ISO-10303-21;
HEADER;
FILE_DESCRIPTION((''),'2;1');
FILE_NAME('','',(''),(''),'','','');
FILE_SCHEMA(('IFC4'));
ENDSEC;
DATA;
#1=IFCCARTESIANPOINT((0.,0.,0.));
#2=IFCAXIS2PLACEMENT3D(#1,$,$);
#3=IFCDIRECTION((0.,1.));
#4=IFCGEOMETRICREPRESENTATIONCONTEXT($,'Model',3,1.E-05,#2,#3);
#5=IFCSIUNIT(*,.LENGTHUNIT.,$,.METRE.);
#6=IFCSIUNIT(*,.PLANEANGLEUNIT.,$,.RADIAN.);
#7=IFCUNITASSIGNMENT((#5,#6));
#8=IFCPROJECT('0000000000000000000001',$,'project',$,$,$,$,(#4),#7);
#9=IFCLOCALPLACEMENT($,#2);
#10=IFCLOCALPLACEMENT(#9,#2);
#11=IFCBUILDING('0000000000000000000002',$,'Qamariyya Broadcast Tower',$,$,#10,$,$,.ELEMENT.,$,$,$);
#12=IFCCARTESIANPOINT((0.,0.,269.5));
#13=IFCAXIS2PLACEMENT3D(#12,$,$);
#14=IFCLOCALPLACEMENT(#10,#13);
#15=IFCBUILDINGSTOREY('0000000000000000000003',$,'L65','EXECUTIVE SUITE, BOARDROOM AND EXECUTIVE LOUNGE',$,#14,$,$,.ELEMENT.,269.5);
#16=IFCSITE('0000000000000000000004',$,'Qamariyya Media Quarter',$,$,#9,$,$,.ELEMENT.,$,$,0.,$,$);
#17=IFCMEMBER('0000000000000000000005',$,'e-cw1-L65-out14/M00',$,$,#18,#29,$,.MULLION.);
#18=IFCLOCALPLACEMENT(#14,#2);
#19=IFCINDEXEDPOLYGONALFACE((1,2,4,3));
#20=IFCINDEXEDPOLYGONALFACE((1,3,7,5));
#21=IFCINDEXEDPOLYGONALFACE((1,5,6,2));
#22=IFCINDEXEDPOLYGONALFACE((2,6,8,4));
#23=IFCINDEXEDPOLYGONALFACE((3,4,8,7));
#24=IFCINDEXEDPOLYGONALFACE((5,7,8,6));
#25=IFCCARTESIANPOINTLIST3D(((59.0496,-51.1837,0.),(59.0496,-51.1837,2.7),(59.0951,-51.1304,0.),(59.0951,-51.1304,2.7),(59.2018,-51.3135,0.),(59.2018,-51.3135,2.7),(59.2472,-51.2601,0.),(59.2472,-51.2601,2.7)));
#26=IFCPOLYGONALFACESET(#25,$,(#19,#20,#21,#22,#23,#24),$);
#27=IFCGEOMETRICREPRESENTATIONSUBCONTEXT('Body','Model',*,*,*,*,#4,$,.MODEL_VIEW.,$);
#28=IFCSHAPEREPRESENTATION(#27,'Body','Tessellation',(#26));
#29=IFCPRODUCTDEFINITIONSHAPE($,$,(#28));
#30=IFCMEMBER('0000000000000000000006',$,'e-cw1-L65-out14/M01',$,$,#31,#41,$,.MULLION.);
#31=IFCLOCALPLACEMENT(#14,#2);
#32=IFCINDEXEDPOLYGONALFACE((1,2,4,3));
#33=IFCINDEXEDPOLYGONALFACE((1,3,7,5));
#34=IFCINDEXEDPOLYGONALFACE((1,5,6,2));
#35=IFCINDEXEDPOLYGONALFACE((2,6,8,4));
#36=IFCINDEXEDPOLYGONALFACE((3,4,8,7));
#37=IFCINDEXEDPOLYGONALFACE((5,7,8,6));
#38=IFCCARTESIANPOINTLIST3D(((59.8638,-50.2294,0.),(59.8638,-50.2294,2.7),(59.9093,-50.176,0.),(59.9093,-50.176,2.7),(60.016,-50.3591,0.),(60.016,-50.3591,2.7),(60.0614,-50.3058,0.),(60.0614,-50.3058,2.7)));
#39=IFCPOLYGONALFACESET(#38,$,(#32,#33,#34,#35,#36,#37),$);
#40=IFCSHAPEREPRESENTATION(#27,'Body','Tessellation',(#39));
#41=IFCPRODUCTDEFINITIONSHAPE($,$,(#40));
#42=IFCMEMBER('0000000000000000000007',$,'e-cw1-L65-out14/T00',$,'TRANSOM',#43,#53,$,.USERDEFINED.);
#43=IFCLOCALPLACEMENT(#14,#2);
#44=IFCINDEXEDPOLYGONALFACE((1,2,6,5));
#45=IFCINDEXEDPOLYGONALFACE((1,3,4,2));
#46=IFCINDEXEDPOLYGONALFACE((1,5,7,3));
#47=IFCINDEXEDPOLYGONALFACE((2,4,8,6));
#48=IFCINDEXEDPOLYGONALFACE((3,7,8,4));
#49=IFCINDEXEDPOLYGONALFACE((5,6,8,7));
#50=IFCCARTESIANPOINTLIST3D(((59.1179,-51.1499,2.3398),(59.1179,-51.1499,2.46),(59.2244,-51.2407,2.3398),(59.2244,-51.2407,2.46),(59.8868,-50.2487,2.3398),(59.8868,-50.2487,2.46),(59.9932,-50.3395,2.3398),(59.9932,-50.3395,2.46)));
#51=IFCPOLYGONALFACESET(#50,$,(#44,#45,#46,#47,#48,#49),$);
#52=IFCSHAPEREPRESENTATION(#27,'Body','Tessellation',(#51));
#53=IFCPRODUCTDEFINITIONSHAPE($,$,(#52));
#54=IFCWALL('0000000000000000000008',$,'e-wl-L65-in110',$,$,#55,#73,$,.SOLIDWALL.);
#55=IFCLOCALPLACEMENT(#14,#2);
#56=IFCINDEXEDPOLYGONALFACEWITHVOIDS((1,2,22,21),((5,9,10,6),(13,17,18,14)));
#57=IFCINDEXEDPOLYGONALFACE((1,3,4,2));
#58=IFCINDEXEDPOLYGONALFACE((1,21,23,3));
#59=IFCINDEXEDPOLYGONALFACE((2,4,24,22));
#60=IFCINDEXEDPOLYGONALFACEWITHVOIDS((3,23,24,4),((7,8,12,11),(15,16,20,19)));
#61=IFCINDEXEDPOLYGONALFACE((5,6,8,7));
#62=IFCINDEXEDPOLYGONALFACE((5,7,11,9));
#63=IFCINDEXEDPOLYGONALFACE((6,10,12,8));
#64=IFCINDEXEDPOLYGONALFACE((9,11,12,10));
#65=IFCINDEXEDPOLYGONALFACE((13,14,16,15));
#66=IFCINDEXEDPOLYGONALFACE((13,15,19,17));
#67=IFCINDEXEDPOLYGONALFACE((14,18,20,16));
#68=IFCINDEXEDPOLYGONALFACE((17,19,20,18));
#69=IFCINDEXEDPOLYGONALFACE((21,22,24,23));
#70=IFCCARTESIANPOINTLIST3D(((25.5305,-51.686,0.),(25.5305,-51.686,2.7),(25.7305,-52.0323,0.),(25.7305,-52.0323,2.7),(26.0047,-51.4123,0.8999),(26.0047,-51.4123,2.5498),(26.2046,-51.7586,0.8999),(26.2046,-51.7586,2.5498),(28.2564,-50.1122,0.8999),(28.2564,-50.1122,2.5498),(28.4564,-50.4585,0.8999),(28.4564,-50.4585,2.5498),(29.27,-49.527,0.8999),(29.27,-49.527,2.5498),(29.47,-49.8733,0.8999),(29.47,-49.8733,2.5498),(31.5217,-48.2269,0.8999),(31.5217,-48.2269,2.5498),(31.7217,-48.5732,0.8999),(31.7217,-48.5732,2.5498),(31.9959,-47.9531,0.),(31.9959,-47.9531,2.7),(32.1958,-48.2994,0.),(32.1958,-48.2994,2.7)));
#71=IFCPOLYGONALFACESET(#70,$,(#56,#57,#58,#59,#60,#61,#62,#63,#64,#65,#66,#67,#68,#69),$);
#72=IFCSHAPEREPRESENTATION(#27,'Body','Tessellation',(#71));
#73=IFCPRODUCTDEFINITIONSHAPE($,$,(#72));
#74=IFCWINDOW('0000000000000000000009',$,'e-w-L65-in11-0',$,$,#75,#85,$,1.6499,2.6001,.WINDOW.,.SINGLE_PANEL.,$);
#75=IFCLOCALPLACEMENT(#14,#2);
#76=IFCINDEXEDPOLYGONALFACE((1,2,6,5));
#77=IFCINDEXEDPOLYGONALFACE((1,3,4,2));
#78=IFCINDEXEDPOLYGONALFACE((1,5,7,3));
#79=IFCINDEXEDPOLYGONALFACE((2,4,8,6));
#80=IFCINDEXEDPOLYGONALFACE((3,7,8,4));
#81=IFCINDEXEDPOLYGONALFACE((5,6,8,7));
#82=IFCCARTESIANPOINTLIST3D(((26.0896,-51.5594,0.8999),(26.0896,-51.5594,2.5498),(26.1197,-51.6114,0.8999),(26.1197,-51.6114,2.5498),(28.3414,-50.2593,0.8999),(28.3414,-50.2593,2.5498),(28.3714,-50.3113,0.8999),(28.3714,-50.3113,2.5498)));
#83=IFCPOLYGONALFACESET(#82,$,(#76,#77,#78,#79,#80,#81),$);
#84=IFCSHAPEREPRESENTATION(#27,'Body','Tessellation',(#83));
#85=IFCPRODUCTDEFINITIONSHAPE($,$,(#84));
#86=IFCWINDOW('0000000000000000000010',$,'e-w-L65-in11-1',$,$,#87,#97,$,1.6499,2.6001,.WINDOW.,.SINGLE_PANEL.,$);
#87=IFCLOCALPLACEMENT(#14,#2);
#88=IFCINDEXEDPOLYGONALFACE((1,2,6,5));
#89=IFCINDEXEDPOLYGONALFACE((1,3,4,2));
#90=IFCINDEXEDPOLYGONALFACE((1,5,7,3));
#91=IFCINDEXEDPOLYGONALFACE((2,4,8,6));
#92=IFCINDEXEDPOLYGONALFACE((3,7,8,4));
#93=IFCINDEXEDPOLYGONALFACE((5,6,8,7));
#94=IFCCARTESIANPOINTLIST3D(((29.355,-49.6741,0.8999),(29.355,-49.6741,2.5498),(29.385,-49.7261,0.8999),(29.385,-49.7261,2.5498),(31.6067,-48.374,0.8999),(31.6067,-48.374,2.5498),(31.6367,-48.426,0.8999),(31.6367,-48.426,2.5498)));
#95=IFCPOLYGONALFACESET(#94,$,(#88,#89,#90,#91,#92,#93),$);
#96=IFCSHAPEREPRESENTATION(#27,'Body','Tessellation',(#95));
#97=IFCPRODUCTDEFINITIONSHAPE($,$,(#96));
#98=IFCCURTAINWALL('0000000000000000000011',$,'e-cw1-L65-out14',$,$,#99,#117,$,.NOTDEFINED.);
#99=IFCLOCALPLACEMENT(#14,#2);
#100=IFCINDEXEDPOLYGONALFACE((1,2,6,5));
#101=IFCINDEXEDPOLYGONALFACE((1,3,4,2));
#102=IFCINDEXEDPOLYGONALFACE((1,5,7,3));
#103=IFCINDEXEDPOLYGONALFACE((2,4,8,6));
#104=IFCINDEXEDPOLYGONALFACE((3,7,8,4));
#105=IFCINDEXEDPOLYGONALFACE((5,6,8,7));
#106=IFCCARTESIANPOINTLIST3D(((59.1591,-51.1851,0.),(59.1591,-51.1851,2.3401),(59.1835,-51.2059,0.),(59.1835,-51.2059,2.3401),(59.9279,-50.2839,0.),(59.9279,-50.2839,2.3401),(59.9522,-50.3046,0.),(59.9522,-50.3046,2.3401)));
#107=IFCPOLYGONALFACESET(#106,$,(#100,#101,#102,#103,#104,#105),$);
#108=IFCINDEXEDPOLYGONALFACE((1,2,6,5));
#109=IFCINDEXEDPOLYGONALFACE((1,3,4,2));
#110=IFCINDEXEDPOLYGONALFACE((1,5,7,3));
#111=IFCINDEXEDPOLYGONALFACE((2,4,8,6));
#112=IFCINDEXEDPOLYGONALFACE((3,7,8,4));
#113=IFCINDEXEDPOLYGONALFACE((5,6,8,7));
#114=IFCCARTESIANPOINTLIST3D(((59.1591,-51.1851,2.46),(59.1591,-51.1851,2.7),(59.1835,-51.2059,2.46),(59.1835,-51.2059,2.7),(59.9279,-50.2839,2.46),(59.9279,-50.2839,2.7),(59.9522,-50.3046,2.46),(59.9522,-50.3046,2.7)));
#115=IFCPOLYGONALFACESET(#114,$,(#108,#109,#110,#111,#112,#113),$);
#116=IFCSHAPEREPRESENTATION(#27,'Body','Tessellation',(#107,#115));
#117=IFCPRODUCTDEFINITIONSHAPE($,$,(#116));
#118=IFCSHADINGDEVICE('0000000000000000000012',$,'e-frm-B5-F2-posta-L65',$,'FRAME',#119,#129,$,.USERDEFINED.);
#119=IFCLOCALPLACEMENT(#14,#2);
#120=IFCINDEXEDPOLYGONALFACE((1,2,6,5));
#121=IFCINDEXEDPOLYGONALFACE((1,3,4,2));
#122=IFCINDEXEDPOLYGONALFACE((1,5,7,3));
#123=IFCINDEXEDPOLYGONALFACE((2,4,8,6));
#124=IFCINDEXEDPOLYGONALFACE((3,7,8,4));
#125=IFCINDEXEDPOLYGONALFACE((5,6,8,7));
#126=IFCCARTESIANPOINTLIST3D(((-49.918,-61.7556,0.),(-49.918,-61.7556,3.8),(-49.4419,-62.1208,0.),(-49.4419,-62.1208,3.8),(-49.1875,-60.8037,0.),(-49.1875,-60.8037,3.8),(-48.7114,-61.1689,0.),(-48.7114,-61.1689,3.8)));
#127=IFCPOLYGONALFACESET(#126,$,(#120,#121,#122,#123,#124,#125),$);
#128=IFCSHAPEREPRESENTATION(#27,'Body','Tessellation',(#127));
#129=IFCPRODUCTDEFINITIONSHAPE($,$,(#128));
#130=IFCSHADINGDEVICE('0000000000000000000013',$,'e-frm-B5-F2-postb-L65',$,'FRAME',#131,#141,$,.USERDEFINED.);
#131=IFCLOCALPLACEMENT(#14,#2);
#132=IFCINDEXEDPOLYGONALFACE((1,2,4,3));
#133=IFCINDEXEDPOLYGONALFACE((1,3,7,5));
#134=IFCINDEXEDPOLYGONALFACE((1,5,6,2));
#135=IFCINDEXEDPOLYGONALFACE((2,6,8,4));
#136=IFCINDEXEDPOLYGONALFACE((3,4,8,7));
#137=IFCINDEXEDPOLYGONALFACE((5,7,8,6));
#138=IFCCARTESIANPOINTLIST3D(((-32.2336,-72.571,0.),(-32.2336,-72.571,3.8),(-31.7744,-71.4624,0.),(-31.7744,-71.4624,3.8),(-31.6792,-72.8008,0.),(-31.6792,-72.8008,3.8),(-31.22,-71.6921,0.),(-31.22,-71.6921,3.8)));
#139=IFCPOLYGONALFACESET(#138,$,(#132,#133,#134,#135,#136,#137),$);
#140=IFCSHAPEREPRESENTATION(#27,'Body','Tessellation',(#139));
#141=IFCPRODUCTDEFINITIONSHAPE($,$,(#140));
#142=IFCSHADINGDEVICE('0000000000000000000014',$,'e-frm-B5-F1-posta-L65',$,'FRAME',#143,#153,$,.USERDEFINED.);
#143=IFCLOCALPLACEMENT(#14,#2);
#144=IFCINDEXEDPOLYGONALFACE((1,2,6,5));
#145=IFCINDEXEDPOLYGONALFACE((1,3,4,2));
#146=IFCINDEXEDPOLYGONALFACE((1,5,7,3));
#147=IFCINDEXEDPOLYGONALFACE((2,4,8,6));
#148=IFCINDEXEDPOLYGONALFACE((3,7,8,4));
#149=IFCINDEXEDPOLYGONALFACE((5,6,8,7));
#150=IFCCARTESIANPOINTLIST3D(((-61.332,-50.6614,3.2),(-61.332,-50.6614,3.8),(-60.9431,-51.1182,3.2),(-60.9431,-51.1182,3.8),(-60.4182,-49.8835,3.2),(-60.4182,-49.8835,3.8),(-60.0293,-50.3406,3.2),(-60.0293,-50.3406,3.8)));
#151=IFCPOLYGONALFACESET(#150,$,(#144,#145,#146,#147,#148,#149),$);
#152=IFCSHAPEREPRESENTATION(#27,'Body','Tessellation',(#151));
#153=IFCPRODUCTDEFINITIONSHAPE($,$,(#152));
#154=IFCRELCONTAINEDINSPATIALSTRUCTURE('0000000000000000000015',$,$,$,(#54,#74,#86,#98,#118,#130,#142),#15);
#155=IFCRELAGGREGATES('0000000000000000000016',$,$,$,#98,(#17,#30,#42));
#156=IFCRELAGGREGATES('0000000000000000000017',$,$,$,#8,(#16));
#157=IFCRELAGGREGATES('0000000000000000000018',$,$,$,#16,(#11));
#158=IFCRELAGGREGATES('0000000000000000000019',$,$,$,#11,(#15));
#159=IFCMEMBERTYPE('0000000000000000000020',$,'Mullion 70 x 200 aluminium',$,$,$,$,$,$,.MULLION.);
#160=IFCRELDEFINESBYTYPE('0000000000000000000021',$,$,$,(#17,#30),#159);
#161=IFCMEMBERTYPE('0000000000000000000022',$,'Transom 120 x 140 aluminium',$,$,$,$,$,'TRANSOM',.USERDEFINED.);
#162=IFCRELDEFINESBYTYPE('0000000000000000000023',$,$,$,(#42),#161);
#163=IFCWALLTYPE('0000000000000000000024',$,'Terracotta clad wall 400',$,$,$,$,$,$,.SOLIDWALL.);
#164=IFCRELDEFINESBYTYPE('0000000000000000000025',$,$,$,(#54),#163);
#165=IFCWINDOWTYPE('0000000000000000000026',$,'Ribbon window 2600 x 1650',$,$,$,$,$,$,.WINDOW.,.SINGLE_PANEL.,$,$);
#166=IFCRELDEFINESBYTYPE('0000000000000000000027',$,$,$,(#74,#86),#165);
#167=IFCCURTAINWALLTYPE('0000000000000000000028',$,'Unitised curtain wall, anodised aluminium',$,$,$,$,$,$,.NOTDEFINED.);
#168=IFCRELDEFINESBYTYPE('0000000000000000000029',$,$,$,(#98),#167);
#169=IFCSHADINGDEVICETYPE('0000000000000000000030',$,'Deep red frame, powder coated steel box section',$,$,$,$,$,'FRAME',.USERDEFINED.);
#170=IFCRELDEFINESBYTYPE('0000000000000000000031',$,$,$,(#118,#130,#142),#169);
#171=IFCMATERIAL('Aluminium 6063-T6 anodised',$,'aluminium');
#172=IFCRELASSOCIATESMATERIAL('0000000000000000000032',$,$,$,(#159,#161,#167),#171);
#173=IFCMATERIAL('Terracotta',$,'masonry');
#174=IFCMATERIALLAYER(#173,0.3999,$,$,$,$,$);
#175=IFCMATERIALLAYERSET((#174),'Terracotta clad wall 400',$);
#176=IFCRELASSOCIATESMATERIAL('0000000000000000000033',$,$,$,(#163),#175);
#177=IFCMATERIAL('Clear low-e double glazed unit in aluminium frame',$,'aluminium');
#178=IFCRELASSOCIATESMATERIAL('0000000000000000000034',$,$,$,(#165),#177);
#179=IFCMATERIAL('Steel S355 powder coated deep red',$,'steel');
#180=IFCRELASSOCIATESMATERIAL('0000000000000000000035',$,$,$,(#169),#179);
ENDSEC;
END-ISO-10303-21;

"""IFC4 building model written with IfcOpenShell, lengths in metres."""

from ifc_helpers import new_model, si_unit, direction, frame, frame_2d, origin, origin_2d, place, context, subcontext, project, spatial, polyline, rectangle, outline, extrude, material, layer, layer_set, material_profile, profile_set, type_object, element, fill, aggregate, save


model = new_model("IFC4")

# Units and contexts
model_context = context("Model", 3, precision=1e-05, world=origin(), true_north=direction((0.0, 1.0)))
body_context = subcontext(model_context, "Body", "Model", "MODEL_VIEW")
ifc_project = project(units=[si_unit("LENGTHUNIT", "METRE"), si_unit("PLANEANGLEUNIT", "RADIAN")], contexts=[model_context])

# Members
ifc_material_1 = material(Name="Aluminium 6063-T6 anodised", Category="aluminium")
ifc_material_profile_1 = material_profile(ifc_material_1, rectangle(XDim=0.2, YDim=0.0701, at=origin_2d()))
ifc_profile_set_1 = profile_set([ifc_material_profile_1], Name="Aluminium 6063-T6 anodised")
member_type_1 = type_object("IfcMemberType", Name="Mullion 70 x 200 aluminium", PredefinedType="MULLION", material=ifc_profile_set_1)
site_placement = place(None, origin())
building_placement = place(site_placement, origin())
storey_placement = place(building_placement, frame((0.0, 0.0, 269.5)))
member_1_placement = place(storey_placement, frame((59.1484, -51.2219, 0.0), z_axis=(0.0, 0.0, 1.0), x_axis=(-0.760854, 0.648923, 0.0)))
member_1 = element("IfcMember", 1, at=member_1_placement, type_object=member_type_1, Name="e-cw1-L65-out14/M00", PredefinedType="MULLION", context=body_context, shape_type="SweptSolid", body=[
    extrude(rectangle(XDim=0.2, YDim=0.0701, at=origin_2d()), origin(), (0.0, 0.0, 1.0), 2.7),
])
member_2_placement = place(storey_placement, frame((59.9626, -50.2676, 0.0), z_axis=(0.0, 0.0, 1.0), x_axis=(-0.760854, 0.648923, 0.0)))
member_2 = element("IfcMember", 2, at=member_2_placement, type_object=member_type_1, Name="e-cw1-L65-out14/M01", PredefinedType="MULLION", context=body_context, shape_type="SweptSolid", body=[
    extrude(rectangle(XDim=0.2, YDim=0.0701, at=origin_2d()), origin(), (0.0, 0.0, 1.0), 2.7),
])
ifc_material_profile_2 = material_profile(ifc_material_1, rectangle(XDim=0.1399, YDim=0.1201, at=origin_2d()))
ifc_profile_set_2 = profile_set([ifc_material_profile_2], Name="Aluminium 6063-T6 anodised")
member_type_2 = type_object("IfcMemberType", Name="Transom 120 x 140 aluminium", ElementType="TRANSOM", PredefinedType="USERDEFINED", material=ifc_profile_set_2)
member_3_placement = place(storey_placement, frame((59.1711, -51.1953, 2.3999), z_axis=(0.649041, 0.760753, 0.0), x_axis=(-0.760753, 0.649041, 0.0)))
member_3 = element("IfcMember", 3, at=member_3_placement, type_object=member_type_2, Name="e-cw1-L65-out14/T00", ObjectType="TRANSOM", PredefinedType="USERDEFINED", context=body_context, shape_type="SweptSolid", body=[
    extrude(rectangle(XDim=0.1399, YDim=0.1201, at=origin_2d()), origin(), (0.0, 0.0, 1.0), 1.1846),
])

# Site, building, storey
site = spatial("IfcSite", under=ifc_project, at=site_placement, Name="Qamariyya Media Quarter", CompositionType="ELEMENT", RefElevation=0.0)
building = spatial("IfcBuilding", under=site, at=building_placement, Name="Qamariyya Broadcast Tower", CompositionType="ELEMENT")
storey = spatial("IfcBuildingStorey", under=building, at=storey_placement, Name="L65", Description="EXECUTIVE SUITE, BOARDROOM AND EXECUTIVE LOUNGE", CompositionType="ELEMENT", Elevation=269.5)

# Wall, openings, windows
ifc_material_2 = material(Name="Terracotta", Category="masonry")
ifc_layer = layer(ifc_material_2, 0.3999)
ifc_layer_set = layer_set([ifc_layer], Name="Terracotta clad wall 400")
wall_type = type_object("IfcWallType", Name="Terracotta clad wall 400", PredefinedType="SOLIDWALL", material=ifc_layer_set)
wall_placement = place(storey_placement, frame((32.0959, -48.1262, 0.0), z_axis=(0.0, 0.0, 1.0), x_axis=(-0.866017, -0.500015, 0.0)))
wall = element("IfcWall", 4, at=wall_placement, inside=storey, type_object=wall_type, Name="e-wl-L65-in110", PredefinedType="SOLIDWALL", context=body_context, shape_type="SweptSolid", body=[
    extrude(rectangle(XDim=7.4656, YDim=0.3999, at=frame_2d((3.7329, 0.0))), origin(), (0.0, 0.0, 1.0), 2.7),
])
opening_1_placement = place(wall_placement, frame((4.3181, 0.0, 0.8999)))
opening_1 = element("IfcOpeningElement", 5, at=opening_1_placement, cuts=wall, PredefinedType="OPENING", context=body_context, shape_type="SweptSolid", body=[
    extrude(rectangle(XDim=2.6001, YDim=1.6499, at=frame_2d((1.3, 0.825))), frame((0.0, 0.21, 0.0), z_axis=(0.0, -1.0, 0.0), x_axis=(1.0, 0.0, 0.0)), (0.0, 0.0, 1.0), 0.4199),
])
opening_2_placement = place(wall_placement, frame((0.5476, 0.0, 0.8999)))
opening_2 = element("IfcOpeningElement", 6, at=opening_2_placement, cuts=wall, PredefinedType="OPENING", context=body_context, shape_type="SweptSolid", body=[
    extrude(rectangle(XDim=2.6001, YDim=1.6499, at=frame_2d((1.3, 0.825))), frame((0.0, 0.21, 0.0), z_axis=(0.0, -1.0, 0.0), x_axis=(1.0, 0.0, 0.0)), (0.0, 0.0, 1.0), 0.4199),
])
ifc_material_3 = material(Name="Clear low-e double glazed unit in aluminium frame", Category="aluminium")
window_type = type_object("IfcWindowType", Name="Ribbon window 2600 x 1650", PartitioningType="SINGLE_PANEL", PredefinedType="WINDOW", material=ifc_material_3)
window_1_placement = place(opening_1_placement, origin())
window_1 = element("IfcWindow", 7, at=window_1_placement, inside=storey, type_object=window_type, Name="e-w-L65-in11-0", OverallHeight=1.6499, OverallWidth=2.6001, PartitioningType="SINGLE_PANEL", PredefinedType="WINDOW", context=body_context, shape_type="SweptSolid", body=[
    extrude(rectangle(XDim=2.6001, YDim=1.6499, at=frame_2d((1.3, 0.825))), frame((0.0, 0.03, 0.0), z_axis=(0.0, -1.0, 0.0), x_axis=(1.0, 0.0, 0.0)), (0.0, 0.0, 1.0), 0.0601),
])
fill(opening_1, window_1)
window_2_placement = place(opening_2_placement, origin())
window_2 = element("IfcWindow", 8, at=window_2_placement, inside=storey, type_object=window_type, Name="e-w-L65-in11-1", OverallHeight=1.6499, OverallWidth=2.6001, PartitioningType="SINGLE_PANEL", PredefinedType="WINDOW", context=body_context, shape_type="SweptSolid", body=[
    extrude(rectangle(XDim=2.6001, YDim=1.6499, at=frame_2d((1.3, 0.825))), frame((0.0, 0.03, 0.0), z_axis=(0.0, -1.0, 0.0), x_axis=(1.0, 0.0, 0.0)), (0.0, 0.0, 1.0), 0.0601),
])
fill(opening_2, window_2)

# Curtain wall
curtain_wall_type = type_object("IfcCurtainWallType", Name="Unitised curtain wall, anodised aluminium", PredefinedType="NOTDEFINED", material=ifc_material_1)
curtain_wall_1_placement = place(storey_placement, origin())
curtain_wall_1 = element("IfcCurtainWall", 9, at=curtain_wall_1_placement, inside=storey, type_object=curtain_wall_type, Name="e-cw1-L65-out14", PredefinedType="NOTDEFINED", context=body_context, shape_type="SweptSolid", body=[
    extrude(rectangle(XDim=1.1846, YDim=0.032, at=origin_2d()), frame((59.5557, -50.7449, 0.0), x_axis=(0.648953, 0.760829, 0.0)), (0.0, 0.0, 1.0), 2.3401),
    extrude(rectangle(XDim=1.1846, YDim=0.032, at=origin_2d()), frame((59.5557, -50.7449, 2.46), x_axis=(0.648953, 0.760829, 0.0)), (0.0, 0.0, 1.0), 0.24),
])
aggregate(curtain_wall_1, [member_1, member_2, member_3])

# Shading devices
ifc_material_4 = material(Name="Steel S355 powder coated deep red", Category="steel")
shading_device_type = type_object("IfcShadingDeviceType", Name="Deep red frame, powder coated steel box section", ElementType="FRAME", PredefinedType="USERDEFINED", material=ifc_material_4)
shading_device_1_placement = place(storey_placement, origin())
element("IfcShadingDevice", 10, at=shading_device_1_placement, inside=storey, type_object=shading_device_type, Name="e-frm-B5-F2-posta-L65", ObjectType="FRAME", PredefinedType="USERDEFINED", context=body_context, shape_type="SweptSolid", body=[
    extrude(outline(polyline([(-49.1875, -60.8037), (-49.918, -61.7556), (-49.4419, -62.1208), (-48.7114, -61.1689), (-49.1875, -60.8037)])), origin(), (0.0, 0.0, 1.0), 3.8),
])
shading_device_2_placement = place(storey_placement, origin())
element("IfcShadingDevice", 11, at=shading_device_2_placement, inside=storey, type_object=shading_device_type, Name="e-frm-B5-F2-postb-L65", ObjectType="FRAME", PredefinedType="USERDEFINED", context=body_context, shape_type="SweptSolid", body=[
    extrude(outline(polyline([(-31.7744, -71.4624), (-32.2336, -72.571), (-31.6792, -72.8008), (-31.22, -71.6921), (-31.7744, -71.4624)])), origin(), (0.0, 0.0, 1.0), 3.8),
])
shading_device_3_placement = place(storey_placement, frame((0.0, 0.0, 3.2)))
element("IfcShadingDevice", 12, at=shading_device_3_placement, inside=storey, type_object=shading_device_type, Name="e-frm-B5-F1-posta-L65", ObjectType="FRAME", PredefinedType="USERDEFINED", context=body_context, shape_type="SweptSolid", body=[
    extrude(outline(polyline([(-60.4182, -49.8835), (-61.332, -50.6614), (-60.9431, -51.1182), (-60.0293, -50.3406), (-60.4182, -49.8835)])), origin(), (0.0, 0.0, 1.0), 0.6001),
])

save(model, "model.ifc")
